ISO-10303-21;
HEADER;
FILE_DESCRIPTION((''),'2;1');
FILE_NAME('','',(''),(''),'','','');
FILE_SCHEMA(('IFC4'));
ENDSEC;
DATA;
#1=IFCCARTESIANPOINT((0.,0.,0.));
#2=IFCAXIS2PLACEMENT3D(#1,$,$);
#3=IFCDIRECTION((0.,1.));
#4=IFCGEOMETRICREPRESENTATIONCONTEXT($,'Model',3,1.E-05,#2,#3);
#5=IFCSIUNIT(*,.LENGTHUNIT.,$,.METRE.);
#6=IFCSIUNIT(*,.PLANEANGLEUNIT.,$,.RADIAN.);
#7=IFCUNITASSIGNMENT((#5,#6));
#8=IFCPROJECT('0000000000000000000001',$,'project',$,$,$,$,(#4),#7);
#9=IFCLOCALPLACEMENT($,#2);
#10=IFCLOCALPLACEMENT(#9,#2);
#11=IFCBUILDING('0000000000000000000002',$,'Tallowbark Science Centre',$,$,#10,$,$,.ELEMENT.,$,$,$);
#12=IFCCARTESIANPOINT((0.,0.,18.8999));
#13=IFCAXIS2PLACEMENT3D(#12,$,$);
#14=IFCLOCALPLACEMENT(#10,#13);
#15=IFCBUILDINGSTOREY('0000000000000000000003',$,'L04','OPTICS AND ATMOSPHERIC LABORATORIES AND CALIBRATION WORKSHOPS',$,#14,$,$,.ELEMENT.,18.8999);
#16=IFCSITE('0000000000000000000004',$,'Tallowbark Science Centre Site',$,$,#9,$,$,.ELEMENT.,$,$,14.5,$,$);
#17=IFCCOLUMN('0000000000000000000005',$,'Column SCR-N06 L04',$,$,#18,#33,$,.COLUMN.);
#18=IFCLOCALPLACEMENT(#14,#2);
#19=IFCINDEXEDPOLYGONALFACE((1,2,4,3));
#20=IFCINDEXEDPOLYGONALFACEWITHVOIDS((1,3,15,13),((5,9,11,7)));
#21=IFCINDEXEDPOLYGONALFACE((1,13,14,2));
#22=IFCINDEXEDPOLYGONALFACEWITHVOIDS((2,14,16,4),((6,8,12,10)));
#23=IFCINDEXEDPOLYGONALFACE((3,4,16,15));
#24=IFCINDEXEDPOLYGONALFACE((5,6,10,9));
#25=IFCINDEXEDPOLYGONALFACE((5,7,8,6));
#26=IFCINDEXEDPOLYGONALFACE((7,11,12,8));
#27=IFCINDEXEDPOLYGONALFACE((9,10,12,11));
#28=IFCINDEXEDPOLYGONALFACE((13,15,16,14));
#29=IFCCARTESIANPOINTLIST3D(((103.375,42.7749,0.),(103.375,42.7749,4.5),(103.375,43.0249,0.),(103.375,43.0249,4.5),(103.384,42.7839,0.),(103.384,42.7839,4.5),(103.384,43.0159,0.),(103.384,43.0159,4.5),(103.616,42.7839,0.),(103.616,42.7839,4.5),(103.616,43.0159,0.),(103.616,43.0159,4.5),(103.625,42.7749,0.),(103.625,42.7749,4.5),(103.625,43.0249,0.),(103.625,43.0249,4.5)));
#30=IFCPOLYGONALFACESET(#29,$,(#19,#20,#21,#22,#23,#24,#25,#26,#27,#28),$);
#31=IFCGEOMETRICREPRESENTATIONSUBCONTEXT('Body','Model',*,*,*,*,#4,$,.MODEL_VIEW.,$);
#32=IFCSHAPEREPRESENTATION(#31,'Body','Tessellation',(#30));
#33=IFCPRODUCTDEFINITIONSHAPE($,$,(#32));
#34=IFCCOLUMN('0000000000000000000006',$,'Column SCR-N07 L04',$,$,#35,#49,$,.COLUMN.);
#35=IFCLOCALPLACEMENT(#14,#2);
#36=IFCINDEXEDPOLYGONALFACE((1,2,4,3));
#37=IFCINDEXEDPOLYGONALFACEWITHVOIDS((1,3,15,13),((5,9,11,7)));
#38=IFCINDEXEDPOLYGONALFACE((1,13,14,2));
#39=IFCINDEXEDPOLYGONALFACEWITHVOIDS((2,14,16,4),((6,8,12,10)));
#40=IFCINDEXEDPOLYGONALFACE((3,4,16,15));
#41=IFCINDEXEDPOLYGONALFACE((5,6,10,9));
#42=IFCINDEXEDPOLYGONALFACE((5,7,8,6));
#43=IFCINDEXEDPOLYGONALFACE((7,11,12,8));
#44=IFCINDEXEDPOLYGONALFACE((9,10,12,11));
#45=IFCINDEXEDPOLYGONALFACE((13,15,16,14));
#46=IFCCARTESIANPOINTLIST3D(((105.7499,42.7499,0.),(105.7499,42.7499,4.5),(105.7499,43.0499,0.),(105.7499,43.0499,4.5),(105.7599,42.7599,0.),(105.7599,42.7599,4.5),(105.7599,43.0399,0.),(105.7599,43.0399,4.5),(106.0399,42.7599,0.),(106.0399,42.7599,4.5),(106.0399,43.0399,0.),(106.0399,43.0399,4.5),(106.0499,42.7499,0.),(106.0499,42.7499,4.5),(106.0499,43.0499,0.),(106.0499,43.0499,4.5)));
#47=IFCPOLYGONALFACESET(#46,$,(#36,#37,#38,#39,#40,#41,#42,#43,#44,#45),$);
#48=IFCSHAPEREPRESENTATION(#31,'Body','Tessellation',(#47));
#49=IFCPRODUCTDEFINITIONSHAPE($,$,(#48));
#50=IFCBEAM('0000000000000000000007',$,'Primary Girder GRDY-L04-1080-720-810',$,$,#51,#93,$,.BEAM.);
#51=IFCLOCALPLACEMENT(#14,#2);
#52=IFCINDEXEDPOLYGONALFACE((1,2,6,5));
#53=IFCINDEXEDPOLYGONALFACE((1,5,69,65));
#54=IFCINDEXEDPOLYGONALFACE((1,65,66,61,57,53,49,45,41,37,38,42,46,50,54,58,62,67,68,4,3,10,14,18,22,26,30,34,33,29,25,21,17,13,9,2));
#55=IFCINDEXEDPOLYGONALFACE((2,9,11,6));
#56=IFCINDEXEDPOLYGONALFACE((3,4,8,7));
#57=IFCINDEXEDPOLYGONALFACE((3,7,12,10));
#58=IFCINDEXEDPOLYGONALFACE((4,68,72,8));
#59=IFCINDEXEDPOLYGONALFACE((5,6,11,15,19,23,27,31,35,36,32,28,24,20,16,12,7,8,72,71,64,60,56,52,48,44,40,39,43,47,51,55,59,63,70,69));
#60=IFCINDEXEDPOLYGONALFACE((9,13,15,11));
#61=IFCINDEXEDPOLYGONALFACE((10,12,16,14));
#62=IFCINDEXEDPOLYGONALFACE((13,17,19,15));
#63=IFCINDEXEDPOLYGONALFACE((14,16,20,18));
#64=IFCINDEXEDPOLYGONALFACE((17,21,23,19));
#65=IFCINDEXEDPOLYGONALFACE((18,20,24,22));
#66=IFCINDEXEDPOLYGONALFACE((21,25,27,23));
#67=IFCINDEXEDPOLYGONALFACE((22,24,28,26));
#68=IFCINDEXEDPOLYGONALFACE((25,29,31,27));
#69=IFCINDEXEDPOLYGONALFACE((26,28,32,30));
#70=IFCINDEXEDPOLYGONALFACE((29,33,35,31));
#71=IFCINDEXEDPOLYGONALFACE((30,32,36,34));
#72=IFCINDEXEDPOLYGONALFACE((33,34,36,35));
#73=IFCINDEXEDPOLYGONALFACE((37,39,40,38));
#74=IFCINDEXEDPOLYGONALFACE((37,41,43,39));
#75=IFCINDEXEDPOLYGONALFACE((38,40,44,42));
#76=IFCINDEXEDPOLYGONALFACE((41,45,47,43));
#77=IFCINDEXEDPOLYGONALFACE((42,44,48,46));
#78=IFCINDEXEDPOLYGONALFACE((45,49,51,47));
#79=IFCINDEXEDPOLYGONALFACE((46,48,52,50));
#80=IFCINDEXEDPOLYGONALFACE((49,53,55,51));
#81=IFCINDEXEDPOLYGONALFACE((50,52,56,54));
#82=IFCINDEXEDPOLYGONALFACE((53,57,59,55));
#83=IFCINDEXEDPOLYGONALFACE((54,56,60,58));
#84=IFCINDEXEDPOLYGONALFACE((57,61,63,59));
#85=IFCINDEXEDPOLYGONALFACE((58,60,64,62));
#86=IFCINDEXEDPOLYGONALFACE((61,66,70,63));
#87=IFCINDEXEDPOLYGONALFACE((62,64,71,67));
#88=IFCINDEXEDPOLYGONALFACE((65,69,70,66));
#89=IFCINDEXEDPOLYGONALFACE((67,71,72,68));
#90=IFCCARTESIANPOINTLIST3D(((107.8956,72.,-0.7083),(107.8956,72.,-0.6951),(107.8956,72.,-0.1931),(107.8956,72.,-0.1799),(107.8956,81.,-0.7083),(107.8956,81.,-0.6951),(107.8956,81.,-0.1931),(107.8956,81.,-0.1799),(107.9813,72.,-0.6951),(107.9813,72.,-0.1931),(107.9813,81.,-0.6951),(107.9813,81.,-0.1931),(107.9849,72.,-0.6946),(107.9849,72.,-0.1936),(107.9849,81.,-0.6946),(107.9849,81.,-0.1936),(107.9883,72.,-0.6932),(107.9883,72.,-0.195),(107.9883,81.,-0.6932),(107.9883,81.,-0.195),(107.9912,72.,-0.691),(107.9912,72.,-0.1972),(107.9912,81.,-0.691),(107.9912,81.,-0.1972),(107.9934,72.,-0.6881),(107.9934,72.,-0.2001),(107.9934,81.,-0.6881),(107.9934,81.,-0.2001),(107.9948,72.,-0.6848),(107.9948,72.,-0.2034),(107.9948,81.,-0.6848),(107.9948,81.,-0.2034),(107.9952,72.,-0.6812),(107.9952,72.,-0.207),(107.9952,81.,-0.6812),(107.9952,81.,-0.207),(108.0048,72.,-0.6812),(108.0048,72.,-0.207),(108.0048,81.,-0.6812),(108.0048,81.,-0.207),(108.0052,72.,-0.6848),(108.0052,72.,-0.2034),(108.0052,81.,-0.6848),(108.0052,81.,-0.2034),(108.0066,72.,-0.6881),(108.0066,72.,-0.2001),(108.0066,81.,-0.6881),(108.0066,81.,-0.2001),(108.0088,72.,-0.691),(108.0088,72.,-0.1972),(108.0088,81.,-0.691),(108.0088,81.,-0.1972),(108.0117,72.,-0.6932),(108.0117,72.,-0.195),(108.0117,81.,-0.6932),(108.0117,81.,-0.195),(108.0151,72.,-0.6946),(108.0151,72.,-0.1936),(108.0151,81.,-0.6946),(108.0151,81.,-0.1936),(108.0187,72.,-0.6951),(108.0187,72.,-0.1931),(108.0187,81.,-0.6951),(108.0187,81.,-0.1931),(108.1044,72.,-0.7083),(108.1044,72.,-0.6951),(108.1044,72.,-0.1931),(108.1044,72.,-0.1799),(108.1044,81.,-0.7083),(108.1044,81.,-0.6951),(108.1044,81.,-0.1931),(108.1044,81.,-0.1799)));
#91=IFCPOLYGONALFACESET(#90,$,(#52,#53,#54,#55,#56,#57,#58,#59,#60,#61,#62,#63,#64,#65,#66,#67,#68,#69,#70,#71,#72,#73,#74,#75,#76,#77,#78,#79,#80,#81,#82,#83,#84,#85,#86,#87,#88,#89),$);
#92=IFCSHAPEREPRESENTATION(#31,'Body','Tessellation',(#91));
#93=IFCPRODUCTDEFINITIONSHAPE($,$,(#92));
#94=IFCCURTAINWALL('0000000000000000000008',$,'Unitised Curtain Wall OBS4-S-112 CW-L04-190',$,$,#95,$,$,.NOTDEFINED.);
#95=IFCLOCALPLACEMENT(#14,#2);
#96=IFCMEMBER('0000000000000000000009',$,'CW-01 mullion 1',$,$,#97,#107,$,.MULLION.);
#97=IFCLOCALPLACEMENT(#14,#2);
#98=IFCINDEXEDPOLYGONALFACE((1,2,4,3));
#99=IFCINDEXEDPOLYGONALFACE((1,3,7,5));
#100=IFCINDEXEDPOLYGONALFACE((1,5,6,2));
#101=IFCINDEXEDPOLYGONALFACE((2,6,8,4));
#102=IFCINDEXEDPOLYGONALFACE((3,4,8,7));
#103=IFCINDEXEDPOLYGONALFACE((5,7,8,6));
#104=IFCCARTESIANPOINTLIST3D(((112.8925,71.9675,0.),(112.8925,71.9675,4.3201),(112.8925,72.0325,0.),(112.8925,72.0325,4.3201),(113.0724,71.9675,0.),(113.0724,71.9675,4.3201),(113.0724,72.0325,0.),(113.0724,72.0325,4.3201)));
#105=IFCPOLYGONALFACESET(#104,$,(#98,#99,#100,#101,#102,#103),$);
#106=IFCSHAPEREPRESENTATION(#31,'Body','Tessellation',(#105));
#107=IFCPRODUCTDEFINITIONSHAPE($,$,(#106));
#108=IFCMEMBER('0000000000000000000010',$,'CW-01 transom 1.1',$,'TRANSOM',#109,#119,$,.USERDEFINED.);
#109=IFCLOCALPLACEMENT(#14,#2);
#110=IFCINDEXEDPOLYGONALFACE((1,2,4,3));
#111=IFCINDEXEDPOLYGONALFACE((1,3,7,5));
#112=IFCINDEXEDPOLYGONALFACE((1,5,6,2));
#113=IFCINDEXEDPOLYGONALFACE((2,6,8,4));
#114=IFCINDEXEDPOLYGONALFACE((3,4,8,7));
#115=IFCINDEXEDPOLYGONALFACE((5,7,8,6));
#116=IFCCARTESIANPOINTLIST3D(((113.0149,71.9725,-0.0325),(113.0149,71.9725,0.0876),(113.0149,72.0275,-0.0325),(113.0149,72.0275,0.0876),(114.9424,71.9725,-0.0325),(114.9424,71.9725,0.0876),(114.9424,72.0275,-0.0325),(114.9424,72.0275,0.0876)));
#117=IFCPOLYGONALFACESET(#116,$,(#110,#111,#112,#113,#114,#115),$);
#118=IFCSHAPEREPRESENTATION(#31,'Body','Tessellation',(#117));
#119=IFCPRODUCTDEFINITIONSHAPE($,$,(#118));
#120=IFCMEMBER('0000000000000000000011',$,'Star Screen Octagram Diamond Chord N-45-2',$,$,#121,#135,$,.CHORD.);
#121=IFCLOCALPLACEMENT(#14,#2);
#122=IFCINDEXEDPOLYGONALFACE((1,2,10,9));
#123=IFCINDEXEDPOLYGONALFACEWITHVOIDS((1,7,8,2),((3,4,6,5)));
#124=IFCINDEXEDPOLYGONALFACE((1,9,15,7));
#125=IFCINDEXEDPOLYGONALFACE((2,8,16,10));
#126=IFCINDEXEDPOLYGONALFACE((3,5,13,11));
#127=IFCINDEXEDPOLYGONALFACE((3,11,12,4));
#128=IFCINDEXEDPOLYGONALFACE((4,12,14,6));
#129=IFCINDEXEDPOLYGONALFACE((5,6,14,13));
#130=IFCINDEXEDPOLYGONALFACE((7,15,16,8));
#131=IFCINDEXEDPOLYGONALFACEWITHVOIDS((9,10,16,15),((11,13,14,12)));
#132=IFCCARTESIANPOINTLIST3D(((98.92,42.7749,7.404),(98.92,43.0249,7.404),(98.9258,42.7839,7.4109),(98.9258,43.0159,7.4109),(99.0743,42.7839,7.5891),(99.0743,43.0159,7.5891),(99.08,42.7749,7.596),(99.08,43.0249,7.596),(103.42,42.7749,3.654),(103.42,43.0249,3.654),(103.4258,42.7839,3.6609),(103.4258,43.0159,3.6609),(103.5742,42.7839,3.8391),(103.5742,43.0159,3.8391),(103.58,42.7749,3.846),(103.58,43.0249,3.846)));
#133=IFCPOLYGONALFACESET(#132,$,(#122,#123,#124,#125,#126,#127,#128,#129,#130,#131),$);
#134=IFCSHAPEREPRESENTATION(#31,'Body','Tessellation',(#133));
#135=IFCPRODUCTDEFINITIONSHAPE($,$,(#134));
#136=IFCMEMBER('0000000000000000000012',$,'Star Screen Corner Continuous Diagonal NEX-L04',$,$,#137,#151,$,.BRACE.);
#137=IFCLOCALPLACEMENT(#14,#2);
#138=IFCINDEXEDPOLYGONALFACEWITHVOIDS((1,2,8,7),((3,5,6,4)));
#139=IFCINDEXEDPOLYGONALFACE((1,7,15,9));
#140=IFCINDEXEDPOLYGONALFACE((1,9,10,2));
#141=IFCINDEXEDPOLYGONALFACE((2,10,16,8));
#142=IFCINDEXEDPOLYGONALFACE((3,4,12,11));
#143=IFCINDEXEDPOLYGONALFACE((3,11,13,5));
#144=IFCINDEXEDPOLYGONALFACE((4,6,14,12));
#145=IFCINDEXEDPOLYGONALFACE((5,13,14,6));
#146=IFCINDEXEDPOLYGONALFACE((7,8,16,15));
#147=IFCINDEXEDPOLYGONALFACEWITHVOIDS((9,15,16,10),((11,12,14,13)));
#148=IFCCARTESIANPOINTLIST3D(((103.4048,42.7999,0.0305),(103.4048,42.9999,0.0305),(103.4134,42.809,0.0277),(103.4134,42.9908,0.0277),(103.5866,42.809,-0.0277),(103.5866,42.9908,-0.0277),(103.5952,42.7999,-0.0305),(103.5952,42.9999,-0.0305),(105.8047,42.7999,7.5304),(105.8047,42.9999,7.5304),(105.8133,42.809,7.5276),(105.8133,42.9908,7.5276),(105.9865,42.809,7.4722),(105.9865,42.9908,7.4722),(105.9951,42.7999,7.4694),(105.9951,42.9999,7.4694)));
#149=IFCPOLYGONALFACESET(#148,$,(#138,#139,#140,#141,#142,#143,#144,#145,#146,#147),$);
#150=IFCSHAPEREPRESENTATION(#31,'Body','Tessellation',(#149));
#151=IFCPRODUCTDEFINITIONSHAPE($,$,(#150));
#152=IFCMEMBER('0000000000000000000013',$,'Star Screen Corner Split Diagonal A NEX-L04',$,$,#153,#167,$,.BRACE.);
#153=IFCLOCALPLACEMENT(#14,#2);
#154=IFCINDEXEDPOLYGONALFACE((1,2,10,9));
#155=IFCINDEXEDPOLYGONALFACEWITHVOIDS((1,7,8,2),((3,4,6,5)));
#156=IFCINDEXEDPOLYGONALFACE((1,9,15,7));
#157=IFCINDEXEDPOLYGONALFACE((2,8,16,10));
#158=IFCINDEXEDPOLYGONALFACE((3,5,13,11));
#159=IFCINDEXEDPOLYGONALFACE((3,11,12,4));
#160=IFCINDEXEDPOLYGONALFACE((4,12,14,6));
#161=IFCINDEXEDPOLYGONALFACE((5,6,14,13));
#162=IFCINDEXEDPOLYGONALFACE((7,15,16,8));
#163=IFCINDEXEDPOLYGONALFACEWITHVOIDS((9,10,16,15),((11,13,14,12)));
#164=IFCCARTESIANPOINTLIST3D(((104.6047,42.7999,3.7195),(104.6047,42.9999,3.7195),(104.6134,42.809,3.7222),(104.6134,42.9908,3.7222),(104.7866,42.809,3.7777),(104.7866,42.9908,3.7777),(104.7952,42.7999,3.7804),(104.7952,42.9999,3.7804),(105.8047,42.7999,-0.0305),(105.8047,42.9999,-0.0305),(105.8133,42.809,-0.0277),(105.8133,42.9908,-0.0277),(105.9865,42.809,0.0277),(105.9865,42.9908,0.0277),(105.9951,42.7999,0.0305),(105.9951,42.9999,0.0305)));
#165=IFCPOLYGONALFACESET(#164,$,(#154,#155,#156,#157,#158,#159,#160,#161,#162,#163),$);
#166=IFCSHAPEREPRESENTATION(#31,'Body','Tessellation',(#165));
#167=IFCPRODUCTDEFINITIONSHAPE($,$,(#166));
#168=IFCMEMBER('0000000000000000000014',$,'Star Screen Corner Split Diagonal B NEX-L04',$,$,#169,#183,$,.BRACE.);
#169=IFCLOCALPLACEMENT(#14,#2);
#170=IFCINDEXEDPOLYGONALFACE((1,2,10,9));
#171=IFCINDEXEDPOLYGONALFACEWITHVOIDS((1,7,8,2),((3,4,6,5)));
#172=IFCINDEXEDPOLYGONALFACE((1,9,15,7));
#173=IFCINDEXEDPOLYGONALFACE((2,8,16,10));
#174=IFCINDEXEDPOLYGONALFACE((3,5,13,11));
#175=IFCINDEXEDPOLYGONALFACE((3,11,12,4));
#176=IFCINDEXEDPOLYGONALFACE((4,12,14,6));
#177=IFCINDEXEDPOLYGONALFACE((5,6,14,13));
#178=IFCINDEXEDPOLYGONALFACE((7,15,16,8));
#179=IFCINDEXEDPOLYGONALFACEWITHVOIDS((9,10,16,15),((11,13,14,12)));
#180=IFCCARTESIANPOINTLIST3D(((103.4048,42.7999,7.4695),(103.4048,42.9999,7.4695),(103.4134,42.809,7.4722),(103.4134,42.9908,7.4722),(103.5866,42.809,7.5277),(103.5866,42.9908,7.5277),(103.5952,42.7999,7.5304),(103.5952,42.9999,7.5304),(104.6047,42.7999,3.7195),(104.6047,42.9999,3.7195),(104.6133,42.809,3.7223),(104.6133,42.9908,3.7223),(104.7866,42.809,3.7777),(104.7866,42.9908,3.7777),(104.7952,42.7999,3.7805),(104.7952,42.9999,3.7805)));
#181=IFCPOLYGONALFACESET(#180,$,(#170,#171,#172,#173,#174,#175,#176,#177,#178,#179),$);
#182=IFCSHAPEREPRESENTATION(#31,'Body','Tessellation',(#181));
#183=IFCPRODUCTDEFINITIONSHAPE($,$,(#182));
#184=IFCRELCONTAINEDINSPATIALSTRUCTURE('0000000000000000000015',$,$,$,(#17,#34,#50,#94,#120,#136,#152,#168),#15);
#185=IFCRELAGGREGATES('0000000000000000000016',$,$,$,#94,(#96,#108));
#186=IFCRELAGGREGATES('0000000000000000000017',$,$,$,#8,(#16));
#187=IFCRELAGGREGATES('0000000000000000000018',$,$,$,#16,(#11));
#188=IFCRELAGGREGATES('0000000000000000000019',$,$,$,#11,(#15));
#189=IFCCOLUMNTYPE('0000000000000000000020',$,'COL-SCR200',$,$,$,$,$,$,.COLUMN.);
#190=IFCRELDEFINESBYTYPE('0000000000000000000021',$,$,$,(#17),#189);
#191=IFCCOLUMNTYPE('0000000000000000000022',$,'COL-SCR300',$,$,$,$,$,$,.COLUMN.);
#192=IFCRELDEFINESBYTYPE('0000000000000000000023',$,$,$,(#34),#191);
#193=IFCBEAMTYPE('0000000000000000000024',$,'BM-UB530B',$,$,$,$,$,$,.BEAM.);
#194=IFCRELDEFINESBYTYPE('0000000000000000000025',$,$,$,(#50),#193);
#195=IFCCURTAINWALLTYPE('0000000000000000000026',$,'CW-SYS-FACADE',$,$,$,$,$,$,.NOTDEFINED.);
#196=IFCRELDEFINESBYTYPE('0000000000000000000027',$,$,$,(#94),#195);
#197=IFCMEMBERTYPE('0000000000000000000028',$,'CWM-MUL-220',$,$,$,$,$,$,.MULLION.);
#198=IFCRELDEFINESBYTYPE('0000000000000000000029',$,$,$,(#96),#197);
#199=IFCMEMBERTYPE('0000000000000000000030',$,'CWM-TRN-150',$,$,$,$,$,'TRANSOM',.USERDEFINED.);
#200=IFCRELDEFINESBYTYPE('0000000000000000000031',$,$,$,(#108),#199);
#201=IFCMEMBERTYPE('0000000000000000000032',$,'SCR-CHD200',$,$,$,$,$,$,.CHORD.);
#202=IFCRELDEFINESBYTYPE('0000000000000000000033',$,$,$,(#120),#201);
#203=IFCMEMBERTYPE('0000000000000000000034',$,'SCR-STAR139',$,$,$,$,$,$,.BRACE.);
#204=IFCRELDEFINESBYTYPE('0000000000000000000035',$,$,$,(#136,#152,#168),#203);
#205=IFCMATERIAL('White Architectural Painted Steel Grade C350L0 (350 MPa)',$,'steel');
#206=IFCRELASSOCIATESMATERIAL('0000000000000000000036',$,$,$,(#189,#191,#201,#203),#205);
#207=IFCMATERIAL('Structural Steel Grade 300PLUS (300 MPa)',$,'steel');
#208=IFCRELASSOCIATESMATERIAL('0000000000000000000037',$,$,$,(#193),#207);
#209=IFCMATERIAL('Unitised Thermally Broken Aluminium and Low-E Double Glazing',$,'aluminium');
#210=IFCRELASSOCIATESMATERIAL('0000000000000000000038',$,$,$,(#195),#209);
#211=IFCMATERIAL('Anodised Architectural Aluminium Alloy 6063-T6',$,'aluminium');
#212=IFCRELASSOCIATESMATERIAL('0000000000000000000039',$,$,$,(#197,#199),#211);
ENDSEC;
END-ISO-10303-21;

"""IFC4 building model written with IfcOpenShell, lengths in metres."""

from ifc_helpers import new_model, si_unit, direction, frame, origin, origin_2d, place, context, subcontext, project, spatial, rectangle, hollow_rectangle, i_section, extrude, material, material_profile, profile_set, type_object, element, aggregate, save


model = new_model("IFC4")

# Units and contexts
model_context = context("Model", 3, precision=1e-05, world=origin(), true_north=direction((0.0, 1.0)))
body_context = subcontext(model_context, "Body", "Model", "MODEL_VIEW")
ifc_project = project(units=[si_unit("LENGTHUNIT", "METRE"), si_unit("PLANEANGLEUNIT", "RADIAN")], contexts=[model_context])

# Site, building, storey
site_placement = place(None, origin())
site = spatial("IfcSite", under=ifc_project, at=site_placement, Name="Tallowbark Science Centre Site", CompositionType="ELEMENT", RefElevation=14.5)
building_placement = place(site_placement, origin())
building = spatial("IfcBuilding", under=site, at=building_placement, Name="Tallowbark Science Centre", CompositionType="ELEMENT")
storey_placement = place(building_placement, frame((0.0, 0.0, 18.8999)))
storey = spatial("IfcBuildingStorey", under=building, at=storey_placement, Name="L04", Description="OPTICS AND ATMOSPHERIC LABORATORIES AND CALIBRATION WORKSHOPS", CompositionType="ELEMENT", Elevation=18.8999)

# Columns
ifc_material_1 = material(Name="White Architectural Painted Steel Grade C350L0 (350 MPa)", Category="steel")
ifc_material_profile_1 = material_profile(ifc_material_1, hollow_rectangle(XDim=0.25, YDim=0.25, WallThickness=0.009, at=origin_2d()), Name="250x250x9.0SHS")
ifc_profile_set_1 = profile_set([ifc_material_profile_1], Name="White Architectural Painted Steel Grade C350L0 (350 MPa)")
column_type_1 = type_object("IfcColumnType", Name="COL-SCR200", PredefinedType="COLUMN", material=ifc_profile_set_1)
column_1_placement = place(storey_placement, frame((103.5, 42.8999, 0.0), z_axis=(0.0, 0.0, 1.0), x_axis=(1.0, 0.0, 0.0)))
element("IfcColumn", 1, at=column_1_placement, inside=storey, type_object=column_type_1, Name="Column SCR-N06 L04", PredefinedType="COLUMN", context=body_context, shape_type="SweptSolid", body=[
    extrude(hollow_rectangle(XDim=0.25, YDim=0.25, WallThickness=0.009, at=origin_2d()), origin(), (0.0, 0.0, 1.0), 4.5),
])
ifc_material_profile_2 = material_profile(ifc_material_1, hollow_rectangle(XDim=0.3, YDim=0.3, WallThickness=0.01, at=origin_2d()), Name="300x300x10.0SHS")
ifc_profile_set_2 = profile_set([ifc_material_profile_2], Name="White Architectural Painted Steel Grade C350L0 (350 MPa)")
column_type_2 = type_object("IfcColumnType", Name="COL-SCR300", PredefinedType="COLUMN", material=ifc_profile_set_2)
column_2_placement = place(storey_placement, frame((105.8999, 42.8999, 0.0), z_axis=(0.0, 0.0, 1.0), x_axis=(1.0, 0.0, 0.0)))
element("IfcColumn", 2, at=column_2_placement, inside=storey, type_object=column_type_2, Name="Column SCR-N07 L04", PredefinedType="COLUMN", context=body_context, shape_type="SweptSolid", body=[
    extrude(hollow_rectangle(XDim=0.3, YDim=0.3, WallThickness=0.01, at=origin_2d()), origin(), (0.0, 0.0, 1.0), 4.5),
])

# Beam
ifc_material_2 = material(Name="Structural Steel Grade 300PLUS (300 MPa)", Category="steel")
ifc_material_profile_3 = material_profile(ifc_material_2, i_section(OverallWidth=0.2087, OverallDepth=0.5283, WebThickness=0.0095, FlangeThickness=0.0132, FilletRadius=0.0139, at=origin_2d()), Name="530UB82.0")
ifc_profile_set_3 = profile_set([ifc_material_profile_3], Name="Structural Steel Grade 300PLUS (300 MPa)")
beam_type_1 = type_object("IfcBeamType", Name="BM-UB530B", PredefinedType="BEAM", material=ifc_profile_set_3)
beam_1_placement = place(storey_placement, frame((108.0, 72.0, -0.4441), z_axis=(0.0, 1.0, 0.0), x_axis=(-1.0, 0.0, 0.0)))
element("IfcBeam", 3, at=beam_1_placement, inside=storey, type_object=beam_type_1, Name="Primary Girder GRDY-L04-1080-720-810", PredefinedType="BEAM", context=body_context, shape_type="SweptSolid", body=[
    extrude(i_section(OverallWidth=0.2087, OverallDepth=0.5283, WebThickness=0.0095, FlangeThickness=0.0132, FilletRadius=0.0139, at=origin_2d()), origin(), (0.0, 0.0, 1.0), 9.0),
])

# Curtain wall, members
ifc_material_3 = material(Name="Unitised Thermally Broken Aluminium and Low-E Double Glazing", Category="aluminium")
curtain_wall_type = type_object("IfcCurtainWallType", Name="CW-SYS-FACADE", PredefinedType="NOTDEFINED", material=ifc_material_3)
curtain_wall_placement = place(storey_placement, origin())
curtain_wall = element("IfcCurtainWall", 4, at=curtain_wall_placement, inside=storey, type_object=curtain_wall_type, Name="Unitised Curtain Wall OBS4-S-112 CW-L04-190", PredefinedType="NOTDEFINED")
ifc_material_4 = material(Name="Anodised Architectural Aluminium Alloy 6063-T6", Category="aluminium")
ifc_material_profile_4 = material_profile(ifc_material_4, rectangle(XDim=0.0649, YDim=0.1799, at=origin_2d()), Name="ALU65x180")
ifc_profile_set_4 = profile_set([ifc_material_profile_4], Name="Anodised Architectural Aluminium Alloy 6063-T6")
member_type_1 = type_object("IfcMemberType", Name="CWM-MUL-220", PredefinedType="MULLION", material=ifc_profile_set_4)
member_1_placement = place(storey_placement, frame((112.9824, 72.0, 0.0), z_axis=(0.0, 0.0, 1.0), x_axis=(0.0, 1.0, 0.0)))
member_1 = element("IfcMember", 5, at=member_1_placement, type_object=member_type_1, Name="CW-01 mullion 1", PredefinedType="MULLION", context=body_context, shape_type="SweptSolid", body=[
    extrude(rectangle(XDim=0.0649, YDim=0.1799, at=origin_2d()), origin(), (0.0, 0.0, 1.0), 4.3201),
])
ifc_material_profile_5 = material_profile(ifc_material_4, rectangle(XDim=0.0549, YDim=0.1201, at=origin_2d()), Name="ALU55x120")
ifc_profile_set_5 = profile_set([ifc_material_profile_5], Name="Anodised Architectural Aluminium Alloy 6063-T6")
member_type_2 = type_object("IfcMemberType", Name="CWM-TRN-150", ElementType="TRANSOM", PredefinedType="USERDEFINED", material=ifc_profile_set_5)
member_2_placement = place(storey_placement, frame((113.0149, 72.0, 0.0276), z_axis=(1.0, 0.0, 0.0), x_axis=(0.0, 1.0, 0.0)))
member_2 = element("IfcMember", 6, at=member_2_placement, type_object=member_type_2, Name="CW-01 transom 1.1", ObjectType="TRANSOM", PredefinedType="USERDEFINED", context=body_context, shape_type="SweptSolid", body=[
    extrude(rectangle(XDim=0.0549, YDim=0.1201, at=origin_2d()), origin(), (0.0, 0.0, 1.0), 1.9275),
])
aggregate(curtain_wall, [member_1, member_2])

# Members
ifc_material_profile_6 = material_profile(ifc_material_1, hollow_rectangle(XDim=0.25, YDim=0.25, WallThickness=0.009, at=origin_2d()), Name="250x250x9.0SHS")
ifc_profile_set_6 = profile_set([ifc_material_profile_6], Name="White Architectural Painted Steel Grade C350L0 (350 MPa)")
member_type_3 = type_object("IfcMemberType", Name="SCR-CHD200", PredefinedType="CHORD", material=ifc_profile_set_6)
member_3_placement = place(storey_placement, frame((103.5, 42.8999, 3.75), z_axis=(-0.768221, 0.0, 0.640184), x_axis=(0.0, -1.0, 0.0)))
element("IfcMember", 7, at=member_3_placement, inside=storey, type_object=member_type_3, Name="Star Screen Octagram Diamond Chord N-45-2", PredefinedType="CHORD", context=body_context, shape_type="SweptSolid", body=[
    extrude(hollow_rectangle(XDim=0.25, YDim=0.25, WallThickness=0.009, at=origin_2d()), origin(), (0.0, 0.0, 1.0), 5.8577),
])
ifc_material_profile_7 = material_profile(ifc_material_1, hollow_rectangle(XDim=0.2, YDim=0.2, WallThickness=0.009, at=origin_2d()), Name="200x200x9.0SHS")
ifc_profile_set_7 = profile_set([ifc_material_profile_7], Name="White Architectural Painted Steel Grade C350L0 (350 MPa)")
member_type_4 = type_object("IfcMemberType", Name="SCR-STAR139", PredefinedType="BRACE", material=ifc_profile_set_7)
member_4_placement = place(storey_placement, frame((103.5, 42.8999, 0.0), z_axis=(0.304764, 0.0, 0.952428), x_axis=(0.0, 1.0, 0.0)))
element("IfcMember", 8, at=member_4_placement, inside=storey, type_object=member_type_4, Name="Star Screen Corner Continuous Diagonal NEX-L04", PredefinedType="BRACE", context=body_context, shape_type="SweptSolid", body=[
    extrude(hollow_rectangle(XDim=0.2, YDim=0.2, WallThickness=0.009, at=origin_2d()), origin(), (0.0, 0.0, 1.0), 7.8745),
])
for number, where, z_axis, x_axis, name in (
    (9, (105.8999, 42.8999, 0.0), (-0.304764, 0.0, 0.952428), (0.0, -1.0, 0.0), "Star Screen Corner Split Diagonal A NEX-L04"),
    (10, (104.7, 42.8999, 3.75), (-0.304764, 0.0, 0.952428), (0.0, -1.0, 0.0), "Star Screen Corner Split Diagonal B NEX-L04"),
):
    element("IfcMember", number, at=place(storey_placement, frame(where, z_axis=z_axis, x_axis=x_axis)), inside=storey, type_object=member_type_4, Name=name, PredefinedType="BRACE", context=body_context, shape_type="SweptSolid", body=[
        extrude(hollow_rectangle(XDim=0.2, YDim=0.2, WallThickness=0.009, at=origin_2d()), origin(), (0.0, 0.0, 1.0), 3.9373),
    ])

save(model, "model.ifc")
